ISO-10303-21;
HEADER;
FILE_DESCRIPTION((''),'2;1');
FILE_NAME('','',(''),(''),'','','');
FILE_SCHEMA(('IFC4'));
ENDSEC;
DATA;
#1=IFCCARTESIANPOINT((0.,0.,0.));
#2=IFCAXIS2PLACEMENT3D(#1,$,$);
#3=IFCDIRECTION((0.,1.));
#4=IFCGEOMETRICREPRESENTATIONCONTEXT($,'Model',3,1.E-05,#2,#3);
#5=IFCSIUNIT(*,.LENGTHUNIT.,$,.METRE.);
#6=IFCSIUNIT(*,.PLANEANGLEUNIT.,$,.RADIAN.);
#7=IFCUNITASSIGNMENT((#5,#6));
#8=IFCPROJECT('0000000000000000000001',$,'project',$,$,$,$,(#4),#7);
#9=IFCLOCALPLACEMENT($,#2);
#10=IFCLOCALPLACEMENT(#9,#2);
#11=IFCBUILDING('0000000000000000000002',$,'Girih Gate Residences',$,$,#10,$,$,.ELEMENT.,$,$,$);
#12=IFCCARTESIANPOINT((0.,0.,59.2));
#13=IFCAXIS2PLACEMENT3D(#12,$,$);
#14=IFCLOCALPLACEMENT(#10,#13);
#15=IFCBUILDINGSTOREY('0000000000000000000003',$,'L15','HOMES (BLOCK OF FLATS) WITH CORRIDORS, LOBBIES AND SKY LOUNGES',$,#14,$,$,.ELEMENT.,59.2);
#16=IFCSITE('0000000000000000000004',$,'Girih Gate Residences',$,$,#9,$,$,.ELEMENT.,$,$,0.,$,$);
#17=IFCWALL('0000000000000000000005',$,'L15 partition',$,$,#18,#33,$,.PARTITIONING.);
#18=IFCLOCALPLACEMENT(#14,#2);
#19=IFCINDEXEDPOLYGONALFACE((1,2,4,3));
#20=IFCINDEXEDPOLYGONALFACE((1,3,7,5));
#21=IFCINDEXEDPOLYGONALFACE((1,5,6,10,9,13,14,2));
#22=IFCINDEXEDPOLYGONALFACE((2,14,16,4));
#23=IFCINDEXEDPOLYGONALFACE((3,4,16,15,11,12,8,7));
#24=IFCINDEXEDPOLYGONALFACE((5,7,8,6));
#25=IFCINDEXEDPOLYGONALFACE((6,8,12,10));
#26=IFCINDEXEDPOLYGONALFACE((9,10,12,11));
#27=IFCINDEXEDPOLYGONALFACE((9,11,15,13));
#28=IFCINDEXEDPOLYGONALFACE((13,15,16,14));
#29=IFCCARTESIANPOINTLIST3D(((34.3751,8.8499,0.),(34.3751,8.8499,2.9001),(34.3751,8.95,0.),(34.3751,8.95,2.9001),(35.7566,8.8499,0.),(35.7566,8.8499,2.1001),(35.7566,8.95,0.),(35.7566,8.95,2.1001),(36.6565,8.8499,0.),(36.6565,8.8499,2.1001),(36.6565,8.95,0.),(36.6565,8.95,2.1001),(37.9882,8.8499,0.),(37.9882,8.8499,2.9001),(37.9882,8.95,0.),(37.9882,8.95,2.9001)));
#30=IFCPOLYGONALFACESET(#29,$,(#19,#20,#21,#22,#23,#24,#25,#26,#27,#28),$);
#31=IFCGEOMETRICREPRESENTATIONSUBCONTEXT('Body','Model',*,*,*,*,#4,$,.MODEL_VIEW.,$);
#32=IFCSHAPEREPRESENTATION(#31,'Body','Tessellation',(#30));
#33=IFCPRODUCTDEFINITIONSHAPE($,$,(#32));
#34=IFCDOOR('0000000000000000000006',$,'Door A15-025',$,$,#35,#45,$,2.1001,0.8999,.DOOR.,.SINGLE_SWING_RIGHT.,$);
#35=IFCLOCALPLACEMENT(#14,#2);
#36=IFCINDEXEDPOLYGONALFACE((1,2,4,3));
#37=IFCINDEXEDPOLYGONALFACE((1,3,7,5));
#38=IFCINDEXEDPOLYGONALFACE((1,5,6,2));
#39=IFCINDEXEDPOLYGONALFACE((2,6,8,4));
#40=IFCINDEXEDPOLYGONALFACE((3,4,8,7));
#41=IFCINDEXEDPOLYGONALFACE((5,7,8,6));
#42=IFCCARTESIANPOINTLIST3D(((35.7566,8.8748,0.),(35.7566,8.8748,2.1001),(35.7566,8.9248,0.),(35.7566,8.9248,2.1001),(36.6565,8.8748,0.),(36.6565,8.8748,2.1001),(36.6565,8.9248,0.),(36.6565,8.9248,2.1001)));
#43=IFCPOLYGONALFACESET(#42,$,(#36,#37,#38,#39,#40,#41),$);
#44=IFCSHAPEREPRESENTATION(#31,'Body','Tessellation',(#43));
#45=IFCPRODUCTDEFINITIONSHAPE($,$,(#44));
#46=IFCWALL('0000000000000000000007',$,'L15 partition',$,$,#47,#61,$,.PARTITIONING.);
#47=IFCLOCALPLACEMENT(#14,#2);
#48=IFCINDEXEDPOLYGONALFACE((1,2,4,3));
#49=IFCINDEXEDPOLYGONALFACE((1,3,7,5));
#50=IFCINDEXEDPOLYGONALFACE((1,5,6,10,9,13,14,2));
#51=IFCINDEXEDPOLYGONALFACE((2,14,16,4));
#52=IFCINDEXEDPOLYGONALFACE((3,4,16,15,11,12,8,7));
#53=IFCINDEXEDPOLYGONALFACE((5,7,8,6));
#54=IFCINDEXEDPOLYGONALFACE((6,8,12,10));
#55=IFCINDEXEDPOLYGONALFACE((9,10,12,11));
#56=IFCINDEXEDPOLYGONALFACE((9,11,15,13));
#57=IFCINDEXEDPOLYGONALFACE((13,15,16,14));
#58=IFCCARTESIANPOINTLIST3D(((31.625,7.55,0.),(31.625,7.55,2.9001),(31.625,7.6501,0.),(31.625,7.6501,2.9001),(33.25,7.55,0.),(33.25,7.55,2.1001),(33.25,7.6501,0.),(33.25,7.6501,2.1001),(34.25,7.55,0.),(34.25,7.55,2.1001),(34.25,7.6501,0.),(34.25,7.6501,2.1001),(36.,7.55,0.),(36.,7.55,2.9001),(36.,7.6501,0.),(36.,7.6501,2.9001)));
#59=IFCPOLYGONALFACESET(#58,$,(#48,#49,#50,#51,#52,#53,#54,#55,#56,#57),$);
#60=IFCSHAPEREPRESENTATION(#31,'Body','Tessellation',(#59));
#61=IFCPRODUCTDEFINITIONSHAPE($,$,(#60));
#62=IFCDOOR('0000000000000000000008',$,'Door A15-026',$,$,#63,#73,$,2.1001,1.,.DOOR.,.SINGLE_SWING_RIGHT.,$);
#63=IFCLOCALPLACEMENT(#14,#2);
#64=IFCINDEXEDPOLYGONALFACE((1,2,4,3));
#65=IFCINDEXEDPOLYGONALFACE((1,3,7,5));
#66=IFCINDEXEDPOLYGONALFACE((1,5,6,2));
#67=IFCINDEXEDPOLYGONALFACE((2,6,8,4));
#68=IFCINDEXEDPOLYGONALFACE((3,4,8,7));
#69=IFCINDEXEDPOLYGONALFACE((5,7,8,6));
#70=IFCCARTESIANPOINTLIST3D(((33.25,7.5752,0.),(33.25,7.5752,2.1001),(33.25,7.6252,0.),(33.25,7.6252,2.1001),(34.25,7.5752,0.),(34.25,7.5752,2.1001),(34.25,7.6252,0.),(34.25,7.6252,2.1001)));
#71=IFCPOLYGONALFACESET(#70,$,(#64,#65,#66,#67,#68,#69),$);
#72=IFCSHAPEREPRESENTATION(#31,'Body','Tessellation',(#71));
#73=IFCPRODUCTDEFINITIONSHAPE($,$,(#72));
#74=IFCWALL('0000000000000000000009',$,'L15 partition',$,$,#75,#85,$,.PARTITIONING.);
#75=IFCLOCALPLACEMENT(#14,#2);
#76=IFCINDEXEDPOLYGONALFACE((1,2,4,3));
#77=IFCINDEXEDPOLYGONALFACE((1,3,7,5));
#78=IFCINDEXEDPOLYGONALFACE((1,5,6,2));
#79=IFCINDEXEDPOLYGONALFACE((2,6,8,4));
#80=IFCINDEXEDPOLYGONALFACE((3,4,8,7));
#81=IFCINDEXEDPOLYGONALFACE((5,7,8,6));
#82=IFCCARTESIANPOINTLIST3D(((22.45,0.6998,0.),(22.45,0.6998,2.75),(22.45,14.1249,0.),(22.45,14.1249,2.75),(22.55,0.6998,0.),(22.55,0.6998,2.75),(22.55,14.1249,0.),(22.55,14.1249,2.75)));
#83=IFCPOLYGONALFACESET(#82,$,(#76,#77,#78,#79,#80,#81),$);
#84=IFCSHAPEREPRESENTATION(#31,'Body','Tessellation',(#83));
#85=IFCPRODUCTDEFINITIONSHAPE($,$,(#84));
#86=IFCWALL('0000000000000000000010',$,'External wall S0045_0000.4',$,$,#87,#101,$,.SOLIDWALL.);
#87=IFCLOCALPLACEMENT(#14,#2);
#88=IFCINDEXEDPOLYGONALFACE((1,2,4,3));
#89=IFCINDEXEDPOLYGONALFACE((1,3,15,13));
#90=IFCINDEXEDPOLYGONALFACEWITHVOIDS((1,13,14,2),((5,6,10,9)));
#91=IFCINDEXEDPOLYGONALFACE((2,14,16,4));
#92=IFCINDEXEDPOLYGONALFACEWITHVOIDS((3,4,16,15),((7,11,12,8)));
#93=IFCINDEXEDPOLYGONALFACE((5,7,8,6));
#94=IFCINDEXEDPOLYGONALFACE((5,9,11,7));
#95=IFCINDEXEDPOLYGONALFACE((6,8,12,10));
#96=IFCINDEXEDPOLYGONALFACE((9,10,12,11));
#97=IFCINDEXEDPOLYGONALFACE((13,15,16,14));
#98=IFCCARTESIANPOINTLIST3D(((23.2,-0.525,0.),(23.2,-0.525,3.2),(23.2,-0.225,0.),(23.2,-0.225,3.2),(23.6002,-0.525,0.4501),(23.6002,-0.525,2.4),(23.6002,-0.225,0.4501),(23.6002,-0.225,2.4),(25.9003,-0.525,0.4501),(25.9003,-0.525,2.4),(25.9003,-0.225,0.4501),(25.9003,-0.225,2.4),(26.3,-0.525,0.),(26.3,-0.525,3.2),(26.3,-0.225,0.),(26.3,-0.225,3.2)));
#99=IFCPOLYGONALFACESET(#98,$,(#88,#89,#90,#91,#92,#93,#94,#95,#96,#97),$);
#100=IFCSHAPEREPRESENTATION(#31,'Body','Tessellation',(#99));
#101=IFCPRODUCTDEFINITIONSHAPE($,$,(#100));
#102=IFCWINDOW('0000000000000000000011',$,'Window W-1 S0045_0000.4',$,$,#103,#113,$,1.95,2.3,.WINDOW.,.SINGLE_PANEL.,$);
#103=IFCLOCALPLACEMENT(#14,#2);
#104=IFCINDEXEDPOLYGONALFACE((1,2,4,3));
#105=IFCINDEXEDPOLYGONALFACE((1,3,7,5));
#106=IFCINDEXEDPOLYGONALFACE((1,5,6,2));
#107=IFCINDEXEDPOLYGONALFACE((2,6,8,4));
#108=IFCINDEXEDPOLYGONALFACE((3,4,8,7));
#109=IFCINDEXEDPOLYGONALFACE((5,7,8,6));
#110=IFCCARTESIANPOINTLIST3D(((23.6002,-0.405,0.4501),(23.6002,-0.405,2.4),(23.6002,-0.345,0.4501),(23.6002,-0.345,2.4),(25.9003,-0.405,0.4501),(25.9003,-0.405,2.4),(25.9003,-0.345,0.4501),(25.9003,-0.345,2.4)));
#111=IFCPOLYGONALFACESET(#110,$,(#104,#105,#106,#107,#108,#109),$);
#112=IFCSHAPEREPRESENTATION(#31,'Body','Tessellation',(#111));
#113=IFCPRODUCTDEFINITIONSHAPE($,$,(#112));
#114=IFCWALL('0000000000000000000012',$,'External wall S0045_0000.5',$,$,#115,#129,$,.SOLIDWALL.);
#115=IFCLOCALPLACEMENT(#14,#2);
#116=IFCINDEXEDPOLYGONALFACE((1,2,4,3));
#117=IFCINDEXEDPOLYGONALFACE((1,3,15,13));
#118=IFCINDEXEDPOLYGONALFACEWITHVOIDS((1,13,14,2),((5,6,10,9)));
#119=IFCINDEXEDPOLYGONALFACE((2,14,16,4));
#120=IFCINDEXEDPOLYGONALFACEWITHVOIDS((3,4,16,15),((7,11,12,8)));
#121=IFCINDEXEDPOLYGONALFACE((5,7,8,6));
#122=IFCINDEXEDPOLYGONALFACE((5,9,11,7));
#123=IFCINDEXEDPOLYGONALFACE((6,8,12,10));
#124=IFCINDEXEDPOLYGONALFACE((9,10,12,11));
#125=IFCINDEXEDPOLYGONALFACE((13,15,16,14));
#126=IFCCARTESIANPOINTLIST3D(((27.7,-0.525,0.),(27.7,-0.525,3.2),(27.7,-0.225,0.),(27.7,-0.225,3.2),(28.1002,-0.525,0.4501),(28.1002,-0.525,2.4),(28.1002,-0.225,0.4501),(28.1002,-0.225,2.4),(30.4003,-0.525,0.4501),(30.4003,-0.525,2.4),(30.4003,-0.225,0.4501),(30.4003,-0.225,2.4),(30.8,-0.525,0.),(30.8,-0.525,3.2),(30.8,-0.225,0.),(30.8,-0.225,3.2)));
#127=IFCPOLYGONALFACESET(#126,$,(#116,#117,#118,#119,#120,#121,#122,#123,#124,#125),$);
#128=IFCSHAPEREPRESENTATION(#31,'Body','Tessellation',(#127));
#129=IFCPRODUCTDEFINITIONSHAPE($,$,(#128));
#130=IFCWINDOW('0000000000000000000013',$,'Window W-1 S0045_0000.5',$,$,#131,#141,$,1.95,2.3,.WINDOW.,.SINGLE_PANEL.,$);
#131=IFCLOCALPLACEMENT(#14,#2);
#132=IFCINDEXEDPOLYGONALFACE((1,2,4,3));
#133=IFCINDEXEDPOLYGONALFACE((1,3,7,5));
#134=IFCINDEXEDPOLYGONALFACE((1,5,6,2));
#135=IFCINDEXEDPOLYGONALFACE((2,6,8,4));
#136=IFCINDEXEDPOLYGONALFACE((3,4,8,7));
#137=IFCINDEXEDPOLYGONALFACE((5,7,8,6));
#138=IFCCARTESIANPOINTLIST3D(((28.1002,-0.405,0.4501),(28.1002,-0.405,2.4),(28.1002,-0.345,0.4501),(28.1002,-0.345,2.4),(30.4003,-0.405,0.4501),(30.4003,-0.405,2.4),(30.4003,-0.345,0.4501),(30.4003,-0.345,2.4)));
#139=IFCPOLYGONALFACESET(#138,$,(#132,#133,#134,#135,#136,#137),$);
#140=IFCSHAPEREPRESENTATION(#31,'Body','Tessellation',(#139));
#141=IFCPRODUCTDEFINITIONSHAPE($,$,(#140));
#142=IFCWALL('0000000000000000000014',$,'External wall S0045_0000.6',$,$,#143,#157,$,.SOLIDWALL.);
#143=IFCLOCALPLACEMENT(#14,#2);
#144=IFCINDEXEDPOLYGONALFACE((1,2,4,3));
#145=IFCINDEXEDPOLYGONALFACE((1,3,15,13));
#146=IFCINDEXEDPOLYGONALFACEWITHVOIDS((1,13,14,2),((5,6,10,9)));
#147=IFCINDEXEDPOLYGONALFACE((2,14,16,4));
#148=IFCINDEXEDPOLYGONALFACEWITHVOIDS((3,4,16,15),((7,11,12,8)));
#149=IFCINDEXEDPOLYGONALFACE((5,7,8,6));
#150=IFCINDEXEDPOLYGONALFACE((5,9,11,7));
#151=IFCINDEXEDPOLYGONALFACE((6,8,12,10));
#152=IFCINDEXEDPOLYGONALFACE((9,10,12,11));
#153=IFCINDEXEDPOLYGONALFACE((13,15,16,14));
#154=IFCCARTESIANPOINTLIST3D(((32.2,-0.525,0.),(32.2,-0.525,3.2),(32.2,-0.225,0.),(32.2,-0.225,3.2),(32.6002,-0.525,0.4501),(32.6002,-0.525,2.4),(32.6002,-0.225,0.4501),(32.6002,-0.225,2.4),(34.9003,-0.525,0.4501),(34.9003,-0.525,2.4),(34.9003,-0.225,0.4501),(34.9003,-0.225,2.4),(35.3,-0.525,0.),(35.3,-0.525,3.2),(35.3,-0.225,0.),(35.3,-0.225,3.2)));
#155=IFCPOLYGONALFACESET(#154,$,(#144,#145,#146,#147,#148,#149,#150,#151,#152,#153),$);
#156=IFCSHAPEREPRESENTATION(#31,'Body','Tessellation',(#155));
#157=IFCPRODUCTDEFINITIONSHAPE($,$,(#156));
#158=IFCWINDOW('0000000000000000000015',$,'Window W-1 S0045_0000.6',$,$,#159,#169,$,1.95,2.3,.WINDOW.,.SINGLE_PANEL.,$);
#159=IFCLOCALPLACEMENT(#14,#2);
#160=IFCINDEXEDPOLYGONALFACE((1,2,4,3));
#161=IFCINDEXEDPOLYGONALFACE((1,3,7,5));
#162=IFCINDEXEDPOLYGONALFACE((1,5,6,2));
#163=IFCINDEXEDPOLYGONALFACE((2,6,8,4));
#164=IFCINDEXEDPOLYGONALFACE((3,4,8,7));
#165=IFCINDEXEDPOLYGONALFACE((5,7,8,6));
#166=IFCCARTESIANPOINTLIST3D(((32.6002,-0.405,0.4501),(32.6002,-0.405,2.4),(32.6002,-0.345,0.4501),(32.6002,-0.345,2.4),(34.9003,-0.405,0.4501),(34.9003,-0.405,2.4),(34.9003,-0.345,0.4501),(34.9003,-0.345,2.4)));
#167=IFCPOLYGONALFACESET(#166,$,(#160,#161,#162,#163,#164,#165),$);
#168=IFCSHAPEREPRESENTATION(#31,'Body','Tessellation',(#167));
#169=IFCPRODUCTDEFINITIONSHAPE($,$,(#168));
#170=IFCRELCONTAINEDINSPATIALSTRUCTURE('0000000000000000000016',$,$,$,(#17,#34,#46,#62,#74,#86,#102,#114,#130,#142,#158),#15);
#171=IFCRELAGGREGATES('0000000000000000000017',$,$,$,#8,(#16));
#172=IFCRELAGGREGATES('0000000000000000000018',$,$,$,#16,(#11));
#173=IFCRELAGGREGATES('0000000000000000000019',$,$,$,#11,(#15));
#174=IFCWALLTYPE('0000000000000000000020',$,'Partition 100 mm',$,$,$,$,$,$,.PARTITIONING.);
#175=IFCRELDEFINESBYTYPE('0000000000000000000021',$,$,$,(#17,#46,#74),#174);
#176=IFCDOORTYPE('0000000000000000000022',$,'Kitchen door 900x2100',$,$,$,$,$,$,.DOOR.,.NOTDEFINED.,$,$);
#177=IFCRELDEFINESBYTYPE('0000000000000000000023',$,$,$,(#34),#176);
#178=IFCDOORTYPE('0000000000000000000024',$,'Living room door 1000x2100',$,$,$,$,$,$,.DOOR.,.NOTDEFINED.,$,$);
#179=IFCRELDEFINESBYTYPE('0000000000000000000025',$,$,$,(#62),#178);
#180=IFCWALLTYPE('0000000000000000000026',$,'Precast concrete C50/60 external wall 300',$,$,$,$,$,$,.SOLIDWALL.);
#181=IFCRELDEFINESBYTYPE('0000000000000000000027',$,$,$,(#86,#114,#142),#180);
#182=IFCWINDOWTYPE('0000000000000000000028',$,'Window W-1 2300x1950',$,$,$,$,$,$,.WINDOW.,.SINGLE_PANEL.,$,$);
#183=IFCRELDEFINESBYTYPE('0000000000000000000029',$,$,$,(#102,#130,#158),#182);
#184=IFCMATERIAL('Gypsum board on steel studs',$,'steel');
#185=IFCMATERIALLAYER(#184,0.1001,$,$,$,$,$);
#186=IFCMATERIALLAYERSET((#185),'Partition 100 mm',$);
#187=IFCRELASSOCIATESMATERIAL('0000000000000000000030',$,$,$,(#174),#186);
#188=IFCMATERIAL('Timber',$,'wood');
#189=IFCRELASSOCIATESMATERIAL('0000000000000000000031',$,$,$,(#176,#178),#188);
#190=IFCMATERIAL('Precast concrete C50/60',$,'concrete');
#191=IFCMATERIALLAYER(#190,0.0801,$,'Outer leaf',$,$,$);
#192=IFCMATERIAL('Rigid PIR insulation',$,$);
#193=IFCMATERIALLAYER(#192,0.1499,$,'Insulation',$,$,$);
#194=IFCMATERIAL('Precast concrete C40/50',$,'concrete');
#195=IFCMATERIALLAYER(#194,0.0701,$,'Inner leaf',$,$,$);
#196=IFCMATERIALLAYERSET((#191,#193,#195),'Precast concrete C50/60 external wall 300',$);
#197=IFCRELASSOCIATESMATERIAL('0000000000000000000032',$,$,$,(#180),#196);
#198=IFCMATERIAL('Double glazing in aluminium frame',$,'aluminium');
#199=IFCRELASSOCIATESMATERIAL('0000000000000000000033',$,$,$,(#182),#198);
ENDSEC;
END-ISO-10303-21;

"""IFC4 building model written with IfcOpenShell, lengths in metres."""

from ifc_helpers import new_model, si_unit, direction, frame, frame_2d, origin, place, context, subcontext, project, spatial, rectangle, extrude, material, layer, layer_set, type_object, element, fill, save


model = new_model("IFC4")

# Units and contexts
model_context = context("Model", 3, precision=1e-05, world=origin(), true_north=direction((0.0, 1.0)))
body_context = subcontext(model_context, "Body", "Model", "MODEL_VIEW")
ifc_project = project(units=[si_unit("LENGTHUNIT", "METRE"), si_unit("PLANEANGLEUNIT", "RADIAN")], contexts=[model_context])

# Site, building, storey
site_placement = place(None, origin())
site = spatial("IfcSite", under=ifc_project, at=site_placement, Name="Girih Gate Residences", CompositionType="ELEMENT", RefElevation=0.0)
building_placement = place(site_placement, origin())
building = spatial("IfcBuilding", under=site, at=building_placement, Name="Girih Gate Residences", CompositionType="ELEMENT")
storey_placement = place(building_placement, frame((0.0, 0.0, 59.2)))
storey = spatial("IfcBuildingStorey", under=building, at=storey_placement, Name="L15", Description="HOMES (BLOCK OF FLATS) WITH CORRIDORS, LOBBIES AND SKY LOUNGES", CompositionType="ELEMENT", Elevation=59.2)

# Shared definitions
ifc_material_1 = material(Name="Gypsum board on steel studs", Category="steel")
ifc_layer_1 = layer(ifc_material_1, 0.1001)
ifc_layer_set_1 = layer_set([ifc_layer_1], Name="Partition 100 mm")
wall_type_1 = type_object("IfcWallType", Name="Partition 100 mm", PredefinedType="PARTITIONING", material=ifc_layer_set_1)

# Walls, openings, doors
wall_1_placement = place(storey_placement, frame((34.375, 8.8999, 0.0), z_axis=(0.0, 0.0, 1.0), x_axis=(1.0, 0.0, 0.0)))
wall_1 = element("IfcWall", 1, at=wall_1_placement, inside=storey, type_object=wall_type_1, Name="L15 partition", PredefinedType="PARTITIONING", context=body_context, shape_type="SweptSolid", body=[
    extrude(rectangle(XDim=3.613, YDim=0.1001, at=frame_2d((1.8066, 0.0))), origin(), (0.0, 0.0, 1.0), 2.9001),
])
opening_1_placement = place(wall_1_placement, frame((1.3816, 0.0, 0.0)))
opening_1 = element("IfcOpeningElement", 2, at=opening_1_placement, cuts=wall_1, PredefinedType="OPENING", context=body_context, shape_type="SweptSolid", body=[
    extrude(rectangle(XDim=0.8999, YDim=2.1001, at=frame_2d((0.45, 1.05))), frame((0.0, 0.0601, 0.0), z_axis=(0.0, -1.0, 0.0), x_axis=(1.0, 0.0, 0.0)), (0.0, 0.0, 1.0), 0.1201),
])
ifc_material_2 = material(Name="Timber", Category="wood")
door_type_1 = type_object("IfcDoorType", Name="Kitchen door 900x2100", OperationType="NOTDEFINED", PredefinedType="DOOR", material=ifc_material_2)
door_1_placement = place(opening_1_placement, origin())
door_1 = element("IfcDoor", 3, at=door_1_placement, inside=storey, type_object=door_type_1, Name="Door A15-025", OperationType="SINGLE_SWING_RIGHT", OverallHeight=2.1001, OverallWidth=0.8999, PredefinedType="DOOR", context=body_context, shape_type="SweptSolid", body=[
    extrude(rectangle(XDim=0.8999, YDim=2.1001, at=frame_2d((0.45, 1.05))), frame((0.0, 0.0249, 0.0), z_axis=(0.0, -1.0, 0.0), x_axis=(1.0, 0.0, 0.0)), (0.0, 0.0, 1.0), 0.05),
])
fill(opening_1, door_1)
wall_2_placement = place(storey_placement, frame((36.0, 7.6001, 0.0), z_axis=(0.0, 0.0, 1.0), x_axis=(-1.0, 0.0, 0.0)))
wall_2 = element("IfcWall", 4, at=wall_2_placement, inside=storey, type_object=wall_type_1, Name="L15 partition", PredefinedType="PARTITIONING", context=body_context, shape_type="SweptSolid", body=[
    extrude(rectangle(XDim=4.375, YDim=0.1001, at=frame_2d((2.1875, 0.0))), origin(), (0.0, 0.0, 1.0), 2.9001),
])
opening_2_placement = place(wall_2_placement, frame((1.75, 0.0, 0.0)))
opening_2 = element("IfcOpeningElement", 5, at=opening_2_placement, cuts=wall_2, PredefinedType="OPENING", context=body_context, shape_type="SweptSolid", body=[
    extrude(rectangle(XDim=1.0, YDim=2.1001, at=frame_2d((0.5, 1.05))), frame((0.0, 0.0601, 0.0), z_axis=(0.0, -1.0, 0.0), x_axis=(1.0, 0.0, 0.0)), (0.0, 0.0, 1.0), 0.1201),
])
door_type_2 = type_object("IfcDoorType", Name="Living room door 1000x2100", OperationType="NOTDEFINED", PredefinedType="DOOR", material=ifc_material_2)
door_2_placement = place(opening_2_placement, origin())
door_2 = element("IfcDoor", 6, at=door_2_placement, inside=storey, type_object=door_type_2, Name="Door A15-026", OperationType="SINGLE_SWING_RIGHT", OverallHeight=2.1001, OverallWidth=1.0, PredefinedType="DOOR", context=body_context, shape_type="SweptSolid", body=[
    extrude(rectangle(XDim=1.0, YDim=2.1001, at=frame_2d((0.5, 1.05))), frame((0.0, 0.0249, 0.0), z_axis=(0.0, -1.0, 0.0), x_axis=(1.0, 0.0, 0.0)), (0.0, 0.0, 1.0), 0.05),
])
fill(opening_2, door_2)

# Wall
wall_3_placement = place(storey_placement, frame((22.5, 0.7, 0.0), z_axis=(0.0, 0.0, 1.0), x_axis=(0.0, 1.0, 0.0)))
element("IfcWall", 7, at=wall_3_placement, inside=storey, type_object=wall_type_1, Name="L15 partition", PredefinedType="PARTITIONING", context=body_context, shape_type="SweptSolid", body=[
    extrude(rectangle(XDim=13.425, YDim=0.1001, at=frame_2d((6.7124, 0.0))), origin(), (0.0, 0.0, 1.0), 2.75),
])

# Walls, openings, windows
ifc_material_3 = material(Name="Precast concrete C50/60", Category="concrete")
ifc_layer_2 = layer(ifc_material_3, 0.0801, Name="Outer leaf")
ifc_material_4 = material(Name="Rigid PIR insulation")
ifc_layer_3 = layer(ifc_material_4, 0.1499, Name="Insulation")
ifc_material_5 = material(Name="Precast concrete C40/50", Category="concrete")
ifc_layer_4 = layer(ifc_material_5, 0.0701, Name="Inner leaf")
ifc_layer_set_2 = layer_set([ifc_layer_2, ifc_layer_3, ifc_layer_4], Name="Precast concrete C50/60 external wall 300")
wall_type_2 = type_object("IfcWallType", Name="Precast concrete C50/60 external wall 300", PredefinedType="SOLIDWALL", material=ifc_layer_set_2)
wall_4_placement = place(storey_placement, frame((26.3, -0.375, 0.0), z_axis=(0.0, 0.0, 1.0), x_axis=(-1.0, 0.0, 0.0)))
wall_4 = element("IfcWall", 8, at=wall_4_placement, inside=storey, type_object=wall_type_2, Name="External wall S0045_0000.4", PredefinedType="SOLIDWALL", context=body_context, shape_type="SweptSolid", body=[
    extrude(rectangle(XDim=3.1001, YDim=0.3, at=frame_2d((1.55, 0.0))), origin(), (0.0, 0.0, 1.0), 3.2),
])
opening_3_placement = place(wall_4_placement, frame((0.3999, 0.0, 0.45)))
opening_3 = element("IfcOpeningElement", 9, at=opening_3_placement, cuts=wall_4, PredefinedType="OPENING", context=body_context, shape_type="SweptSolid", body=[
    extrude(rectangle(XDim=2.3, YDim=1.95, at=frame_2d((1.1499, 0.9751))), frame((0.0, 0.1599, 0.0), z_axis=(0.0, -1.0, 0.0), x_axis=(1.0, 0.0, 0.0)), (0.0, 0.0, 1.0), 0.3201),
])
ifc_material_6 = material(Name="Double glazing in aluminium frame", Category="aluminium")
window_type = type_object("IfcWindowType", Name="Window W-1 2300x1950", PartitioningType="SINGLE_PANEL", PredefinedType="WINDOW", material=ifc_material_6)
window_1_placement = place(opening_3_placement, origin())
window_1 = element("IfcWindow", 10, at=window_1_placement, inside=storey, type_object=window_type, Name="Window W-1 S0045_0000.4", OverallHeight=1.95, OverallWidth=2.3, PartitioningType="SINGLE_PANEL", PredefinedType="WINDOW", context=body_context, shape_type="SweptSolid", body=[
    extrude(rectangle(XDim=2.3, YDim=1.95, at=frame_2d((1.1499, 0.9751))), frame((0.0, 0.03, 0.0), z_axis=(0.0, -1.0, 0.0), x_axis=(1.0, 0.0, 0.0)), (0.0, 0.0, 1.0), 0.0601),
])
fill(opening_3, window_1)
wall_5_placement = place(storey_placement, frame((30.8, -0.375, 0.0), z_axis=(0.0, 0.0, 1.0), x_axis=(-1.0, 0.0, 0.0)))
wall_5 = element("IfcWall", 11, at=wall_5_placement, inside=storey, type_object=wall_type_2, Name="External wall S0045_0000.5", PredefinedType="SOLIDWALL", context=body_context, shape_type="SweptSolid", body=[
    extrude(rectangle(XDim=3.1001, YDim=0.3, at=frame_2d((1.55, 0.0))), origin(), (0.0, 0.0, 1.0), 3.2),
])
opening_4_placement = place(wall_5_placement, frame((0.3999, 0.0, 0.45)))
opening_4 = element("IfcOpeningElement", 12, at=opening_4_placement, cuts=wall_5, PredefinedType="OPENING", context=body_context, shape_type="SweptSolid", body=[
    extrude(rectangle(XDim=2.3, YDim=1.95, at=frame_2d((1.1499, 0.9751))), frame((0.0, 0.1599, 0.0), z_axis=(0.0, -1.0, 0.0), x_axis=(1.0, 0.0, 0.0)), (0.0, 0.0, 1.0), 0.3201),
])
window_2_placement = place(opening_4_placement, origin())
window_2 = element("IfcWindow", 13, at=window_2_placement, inside=storey, type_object=window_type, Name="Window W-1 S0045_0000.5", OverallHeight=1.95, OverallWidth=2.3, PartitioningType="SINGLE_PANEL", PredefinedType="WINDOW", context=body_context, shape_type="SweptSolid", body=[
    extrude(rectangle(XDim=2.3, YDim=1.95, at=frame_2d((1.1499, 0.9751))), frame((0.0, 0.03, 0.0), z_axis=(0.0, -1.0, 0.0), x_axis=(1.0, 0.0, 0.0)), (0.0, 0.0, 1.0), 0.0601),
])
fill(opening_4, window_2)
wall_6_placement = place(storey_placement, frame((35.3, -0.375, 0.0), z_axis=(0.0, 0.0, 1.0), x_axis=(-1.0, 0.0, 0.0)))
wall_6 = element("IfcWall", 14, at=wall_6_placement, inside=storey, type_object=wall_type_2, Name="External wall S0045_0000.6", PredefinedType="SOLIDWALL", context=body_context, shape_type="SweptSolid", body=[
    extrude(rectangle(XDim=3.1001, YDim=0.3, at=frame_2d((1.55, 0.0))), origin(), (0.0, 0.0, 1.0), 3.2),
])
opening_5_placement = place(wall_6_placement, frame((0.3999, 0.0, 0.45)))
opening_5 = element("IfcOpeningElement", 15, at=opening_5_placement, cuts=wall_6, PredefinedType="OPENING", context=body_context, shape_type="SweptSolid", body=[
    extrude(rectangle(XDim=2.3, YDim=1.95, at=frame_2d((1.1499, 0.9751))), frame((0.0, 0.1599, 0.0), z_axis=(0.0, -1.0, 0.0), x_axis=(1.0, 0.0, 0.0)), (0.0, 0.0, 1.0), 0.3201),
])
window_3_placement = place(opening_5_placement, origin())
window_3 = element("IfcWindow", 16, at=window_3_placement, inside=storey, type_object=window_type, Name="Window W-1 S0045_0000.6", OverallHeight=1.95, OverallWidth=2.3, PartitioningType="SINGLE_PANEL", PredefinedType="WINDOW", context=body_context, shape_type="SweptSolid", body=[
    extrude(rectangle(XDim=2.3, YDim=1.95, at=frame_2d((1.1499, 0.9751))), frame((0.0, 0.03, 0.0), z_axis=(0.0, -1.0, 0.0), x_axis=(1.0, 0.0, 0.0)), (0.0, 0.0, 1.0), 0.0601),
])
fill(opening_5, window_3)

save(model, "model.ifc")
